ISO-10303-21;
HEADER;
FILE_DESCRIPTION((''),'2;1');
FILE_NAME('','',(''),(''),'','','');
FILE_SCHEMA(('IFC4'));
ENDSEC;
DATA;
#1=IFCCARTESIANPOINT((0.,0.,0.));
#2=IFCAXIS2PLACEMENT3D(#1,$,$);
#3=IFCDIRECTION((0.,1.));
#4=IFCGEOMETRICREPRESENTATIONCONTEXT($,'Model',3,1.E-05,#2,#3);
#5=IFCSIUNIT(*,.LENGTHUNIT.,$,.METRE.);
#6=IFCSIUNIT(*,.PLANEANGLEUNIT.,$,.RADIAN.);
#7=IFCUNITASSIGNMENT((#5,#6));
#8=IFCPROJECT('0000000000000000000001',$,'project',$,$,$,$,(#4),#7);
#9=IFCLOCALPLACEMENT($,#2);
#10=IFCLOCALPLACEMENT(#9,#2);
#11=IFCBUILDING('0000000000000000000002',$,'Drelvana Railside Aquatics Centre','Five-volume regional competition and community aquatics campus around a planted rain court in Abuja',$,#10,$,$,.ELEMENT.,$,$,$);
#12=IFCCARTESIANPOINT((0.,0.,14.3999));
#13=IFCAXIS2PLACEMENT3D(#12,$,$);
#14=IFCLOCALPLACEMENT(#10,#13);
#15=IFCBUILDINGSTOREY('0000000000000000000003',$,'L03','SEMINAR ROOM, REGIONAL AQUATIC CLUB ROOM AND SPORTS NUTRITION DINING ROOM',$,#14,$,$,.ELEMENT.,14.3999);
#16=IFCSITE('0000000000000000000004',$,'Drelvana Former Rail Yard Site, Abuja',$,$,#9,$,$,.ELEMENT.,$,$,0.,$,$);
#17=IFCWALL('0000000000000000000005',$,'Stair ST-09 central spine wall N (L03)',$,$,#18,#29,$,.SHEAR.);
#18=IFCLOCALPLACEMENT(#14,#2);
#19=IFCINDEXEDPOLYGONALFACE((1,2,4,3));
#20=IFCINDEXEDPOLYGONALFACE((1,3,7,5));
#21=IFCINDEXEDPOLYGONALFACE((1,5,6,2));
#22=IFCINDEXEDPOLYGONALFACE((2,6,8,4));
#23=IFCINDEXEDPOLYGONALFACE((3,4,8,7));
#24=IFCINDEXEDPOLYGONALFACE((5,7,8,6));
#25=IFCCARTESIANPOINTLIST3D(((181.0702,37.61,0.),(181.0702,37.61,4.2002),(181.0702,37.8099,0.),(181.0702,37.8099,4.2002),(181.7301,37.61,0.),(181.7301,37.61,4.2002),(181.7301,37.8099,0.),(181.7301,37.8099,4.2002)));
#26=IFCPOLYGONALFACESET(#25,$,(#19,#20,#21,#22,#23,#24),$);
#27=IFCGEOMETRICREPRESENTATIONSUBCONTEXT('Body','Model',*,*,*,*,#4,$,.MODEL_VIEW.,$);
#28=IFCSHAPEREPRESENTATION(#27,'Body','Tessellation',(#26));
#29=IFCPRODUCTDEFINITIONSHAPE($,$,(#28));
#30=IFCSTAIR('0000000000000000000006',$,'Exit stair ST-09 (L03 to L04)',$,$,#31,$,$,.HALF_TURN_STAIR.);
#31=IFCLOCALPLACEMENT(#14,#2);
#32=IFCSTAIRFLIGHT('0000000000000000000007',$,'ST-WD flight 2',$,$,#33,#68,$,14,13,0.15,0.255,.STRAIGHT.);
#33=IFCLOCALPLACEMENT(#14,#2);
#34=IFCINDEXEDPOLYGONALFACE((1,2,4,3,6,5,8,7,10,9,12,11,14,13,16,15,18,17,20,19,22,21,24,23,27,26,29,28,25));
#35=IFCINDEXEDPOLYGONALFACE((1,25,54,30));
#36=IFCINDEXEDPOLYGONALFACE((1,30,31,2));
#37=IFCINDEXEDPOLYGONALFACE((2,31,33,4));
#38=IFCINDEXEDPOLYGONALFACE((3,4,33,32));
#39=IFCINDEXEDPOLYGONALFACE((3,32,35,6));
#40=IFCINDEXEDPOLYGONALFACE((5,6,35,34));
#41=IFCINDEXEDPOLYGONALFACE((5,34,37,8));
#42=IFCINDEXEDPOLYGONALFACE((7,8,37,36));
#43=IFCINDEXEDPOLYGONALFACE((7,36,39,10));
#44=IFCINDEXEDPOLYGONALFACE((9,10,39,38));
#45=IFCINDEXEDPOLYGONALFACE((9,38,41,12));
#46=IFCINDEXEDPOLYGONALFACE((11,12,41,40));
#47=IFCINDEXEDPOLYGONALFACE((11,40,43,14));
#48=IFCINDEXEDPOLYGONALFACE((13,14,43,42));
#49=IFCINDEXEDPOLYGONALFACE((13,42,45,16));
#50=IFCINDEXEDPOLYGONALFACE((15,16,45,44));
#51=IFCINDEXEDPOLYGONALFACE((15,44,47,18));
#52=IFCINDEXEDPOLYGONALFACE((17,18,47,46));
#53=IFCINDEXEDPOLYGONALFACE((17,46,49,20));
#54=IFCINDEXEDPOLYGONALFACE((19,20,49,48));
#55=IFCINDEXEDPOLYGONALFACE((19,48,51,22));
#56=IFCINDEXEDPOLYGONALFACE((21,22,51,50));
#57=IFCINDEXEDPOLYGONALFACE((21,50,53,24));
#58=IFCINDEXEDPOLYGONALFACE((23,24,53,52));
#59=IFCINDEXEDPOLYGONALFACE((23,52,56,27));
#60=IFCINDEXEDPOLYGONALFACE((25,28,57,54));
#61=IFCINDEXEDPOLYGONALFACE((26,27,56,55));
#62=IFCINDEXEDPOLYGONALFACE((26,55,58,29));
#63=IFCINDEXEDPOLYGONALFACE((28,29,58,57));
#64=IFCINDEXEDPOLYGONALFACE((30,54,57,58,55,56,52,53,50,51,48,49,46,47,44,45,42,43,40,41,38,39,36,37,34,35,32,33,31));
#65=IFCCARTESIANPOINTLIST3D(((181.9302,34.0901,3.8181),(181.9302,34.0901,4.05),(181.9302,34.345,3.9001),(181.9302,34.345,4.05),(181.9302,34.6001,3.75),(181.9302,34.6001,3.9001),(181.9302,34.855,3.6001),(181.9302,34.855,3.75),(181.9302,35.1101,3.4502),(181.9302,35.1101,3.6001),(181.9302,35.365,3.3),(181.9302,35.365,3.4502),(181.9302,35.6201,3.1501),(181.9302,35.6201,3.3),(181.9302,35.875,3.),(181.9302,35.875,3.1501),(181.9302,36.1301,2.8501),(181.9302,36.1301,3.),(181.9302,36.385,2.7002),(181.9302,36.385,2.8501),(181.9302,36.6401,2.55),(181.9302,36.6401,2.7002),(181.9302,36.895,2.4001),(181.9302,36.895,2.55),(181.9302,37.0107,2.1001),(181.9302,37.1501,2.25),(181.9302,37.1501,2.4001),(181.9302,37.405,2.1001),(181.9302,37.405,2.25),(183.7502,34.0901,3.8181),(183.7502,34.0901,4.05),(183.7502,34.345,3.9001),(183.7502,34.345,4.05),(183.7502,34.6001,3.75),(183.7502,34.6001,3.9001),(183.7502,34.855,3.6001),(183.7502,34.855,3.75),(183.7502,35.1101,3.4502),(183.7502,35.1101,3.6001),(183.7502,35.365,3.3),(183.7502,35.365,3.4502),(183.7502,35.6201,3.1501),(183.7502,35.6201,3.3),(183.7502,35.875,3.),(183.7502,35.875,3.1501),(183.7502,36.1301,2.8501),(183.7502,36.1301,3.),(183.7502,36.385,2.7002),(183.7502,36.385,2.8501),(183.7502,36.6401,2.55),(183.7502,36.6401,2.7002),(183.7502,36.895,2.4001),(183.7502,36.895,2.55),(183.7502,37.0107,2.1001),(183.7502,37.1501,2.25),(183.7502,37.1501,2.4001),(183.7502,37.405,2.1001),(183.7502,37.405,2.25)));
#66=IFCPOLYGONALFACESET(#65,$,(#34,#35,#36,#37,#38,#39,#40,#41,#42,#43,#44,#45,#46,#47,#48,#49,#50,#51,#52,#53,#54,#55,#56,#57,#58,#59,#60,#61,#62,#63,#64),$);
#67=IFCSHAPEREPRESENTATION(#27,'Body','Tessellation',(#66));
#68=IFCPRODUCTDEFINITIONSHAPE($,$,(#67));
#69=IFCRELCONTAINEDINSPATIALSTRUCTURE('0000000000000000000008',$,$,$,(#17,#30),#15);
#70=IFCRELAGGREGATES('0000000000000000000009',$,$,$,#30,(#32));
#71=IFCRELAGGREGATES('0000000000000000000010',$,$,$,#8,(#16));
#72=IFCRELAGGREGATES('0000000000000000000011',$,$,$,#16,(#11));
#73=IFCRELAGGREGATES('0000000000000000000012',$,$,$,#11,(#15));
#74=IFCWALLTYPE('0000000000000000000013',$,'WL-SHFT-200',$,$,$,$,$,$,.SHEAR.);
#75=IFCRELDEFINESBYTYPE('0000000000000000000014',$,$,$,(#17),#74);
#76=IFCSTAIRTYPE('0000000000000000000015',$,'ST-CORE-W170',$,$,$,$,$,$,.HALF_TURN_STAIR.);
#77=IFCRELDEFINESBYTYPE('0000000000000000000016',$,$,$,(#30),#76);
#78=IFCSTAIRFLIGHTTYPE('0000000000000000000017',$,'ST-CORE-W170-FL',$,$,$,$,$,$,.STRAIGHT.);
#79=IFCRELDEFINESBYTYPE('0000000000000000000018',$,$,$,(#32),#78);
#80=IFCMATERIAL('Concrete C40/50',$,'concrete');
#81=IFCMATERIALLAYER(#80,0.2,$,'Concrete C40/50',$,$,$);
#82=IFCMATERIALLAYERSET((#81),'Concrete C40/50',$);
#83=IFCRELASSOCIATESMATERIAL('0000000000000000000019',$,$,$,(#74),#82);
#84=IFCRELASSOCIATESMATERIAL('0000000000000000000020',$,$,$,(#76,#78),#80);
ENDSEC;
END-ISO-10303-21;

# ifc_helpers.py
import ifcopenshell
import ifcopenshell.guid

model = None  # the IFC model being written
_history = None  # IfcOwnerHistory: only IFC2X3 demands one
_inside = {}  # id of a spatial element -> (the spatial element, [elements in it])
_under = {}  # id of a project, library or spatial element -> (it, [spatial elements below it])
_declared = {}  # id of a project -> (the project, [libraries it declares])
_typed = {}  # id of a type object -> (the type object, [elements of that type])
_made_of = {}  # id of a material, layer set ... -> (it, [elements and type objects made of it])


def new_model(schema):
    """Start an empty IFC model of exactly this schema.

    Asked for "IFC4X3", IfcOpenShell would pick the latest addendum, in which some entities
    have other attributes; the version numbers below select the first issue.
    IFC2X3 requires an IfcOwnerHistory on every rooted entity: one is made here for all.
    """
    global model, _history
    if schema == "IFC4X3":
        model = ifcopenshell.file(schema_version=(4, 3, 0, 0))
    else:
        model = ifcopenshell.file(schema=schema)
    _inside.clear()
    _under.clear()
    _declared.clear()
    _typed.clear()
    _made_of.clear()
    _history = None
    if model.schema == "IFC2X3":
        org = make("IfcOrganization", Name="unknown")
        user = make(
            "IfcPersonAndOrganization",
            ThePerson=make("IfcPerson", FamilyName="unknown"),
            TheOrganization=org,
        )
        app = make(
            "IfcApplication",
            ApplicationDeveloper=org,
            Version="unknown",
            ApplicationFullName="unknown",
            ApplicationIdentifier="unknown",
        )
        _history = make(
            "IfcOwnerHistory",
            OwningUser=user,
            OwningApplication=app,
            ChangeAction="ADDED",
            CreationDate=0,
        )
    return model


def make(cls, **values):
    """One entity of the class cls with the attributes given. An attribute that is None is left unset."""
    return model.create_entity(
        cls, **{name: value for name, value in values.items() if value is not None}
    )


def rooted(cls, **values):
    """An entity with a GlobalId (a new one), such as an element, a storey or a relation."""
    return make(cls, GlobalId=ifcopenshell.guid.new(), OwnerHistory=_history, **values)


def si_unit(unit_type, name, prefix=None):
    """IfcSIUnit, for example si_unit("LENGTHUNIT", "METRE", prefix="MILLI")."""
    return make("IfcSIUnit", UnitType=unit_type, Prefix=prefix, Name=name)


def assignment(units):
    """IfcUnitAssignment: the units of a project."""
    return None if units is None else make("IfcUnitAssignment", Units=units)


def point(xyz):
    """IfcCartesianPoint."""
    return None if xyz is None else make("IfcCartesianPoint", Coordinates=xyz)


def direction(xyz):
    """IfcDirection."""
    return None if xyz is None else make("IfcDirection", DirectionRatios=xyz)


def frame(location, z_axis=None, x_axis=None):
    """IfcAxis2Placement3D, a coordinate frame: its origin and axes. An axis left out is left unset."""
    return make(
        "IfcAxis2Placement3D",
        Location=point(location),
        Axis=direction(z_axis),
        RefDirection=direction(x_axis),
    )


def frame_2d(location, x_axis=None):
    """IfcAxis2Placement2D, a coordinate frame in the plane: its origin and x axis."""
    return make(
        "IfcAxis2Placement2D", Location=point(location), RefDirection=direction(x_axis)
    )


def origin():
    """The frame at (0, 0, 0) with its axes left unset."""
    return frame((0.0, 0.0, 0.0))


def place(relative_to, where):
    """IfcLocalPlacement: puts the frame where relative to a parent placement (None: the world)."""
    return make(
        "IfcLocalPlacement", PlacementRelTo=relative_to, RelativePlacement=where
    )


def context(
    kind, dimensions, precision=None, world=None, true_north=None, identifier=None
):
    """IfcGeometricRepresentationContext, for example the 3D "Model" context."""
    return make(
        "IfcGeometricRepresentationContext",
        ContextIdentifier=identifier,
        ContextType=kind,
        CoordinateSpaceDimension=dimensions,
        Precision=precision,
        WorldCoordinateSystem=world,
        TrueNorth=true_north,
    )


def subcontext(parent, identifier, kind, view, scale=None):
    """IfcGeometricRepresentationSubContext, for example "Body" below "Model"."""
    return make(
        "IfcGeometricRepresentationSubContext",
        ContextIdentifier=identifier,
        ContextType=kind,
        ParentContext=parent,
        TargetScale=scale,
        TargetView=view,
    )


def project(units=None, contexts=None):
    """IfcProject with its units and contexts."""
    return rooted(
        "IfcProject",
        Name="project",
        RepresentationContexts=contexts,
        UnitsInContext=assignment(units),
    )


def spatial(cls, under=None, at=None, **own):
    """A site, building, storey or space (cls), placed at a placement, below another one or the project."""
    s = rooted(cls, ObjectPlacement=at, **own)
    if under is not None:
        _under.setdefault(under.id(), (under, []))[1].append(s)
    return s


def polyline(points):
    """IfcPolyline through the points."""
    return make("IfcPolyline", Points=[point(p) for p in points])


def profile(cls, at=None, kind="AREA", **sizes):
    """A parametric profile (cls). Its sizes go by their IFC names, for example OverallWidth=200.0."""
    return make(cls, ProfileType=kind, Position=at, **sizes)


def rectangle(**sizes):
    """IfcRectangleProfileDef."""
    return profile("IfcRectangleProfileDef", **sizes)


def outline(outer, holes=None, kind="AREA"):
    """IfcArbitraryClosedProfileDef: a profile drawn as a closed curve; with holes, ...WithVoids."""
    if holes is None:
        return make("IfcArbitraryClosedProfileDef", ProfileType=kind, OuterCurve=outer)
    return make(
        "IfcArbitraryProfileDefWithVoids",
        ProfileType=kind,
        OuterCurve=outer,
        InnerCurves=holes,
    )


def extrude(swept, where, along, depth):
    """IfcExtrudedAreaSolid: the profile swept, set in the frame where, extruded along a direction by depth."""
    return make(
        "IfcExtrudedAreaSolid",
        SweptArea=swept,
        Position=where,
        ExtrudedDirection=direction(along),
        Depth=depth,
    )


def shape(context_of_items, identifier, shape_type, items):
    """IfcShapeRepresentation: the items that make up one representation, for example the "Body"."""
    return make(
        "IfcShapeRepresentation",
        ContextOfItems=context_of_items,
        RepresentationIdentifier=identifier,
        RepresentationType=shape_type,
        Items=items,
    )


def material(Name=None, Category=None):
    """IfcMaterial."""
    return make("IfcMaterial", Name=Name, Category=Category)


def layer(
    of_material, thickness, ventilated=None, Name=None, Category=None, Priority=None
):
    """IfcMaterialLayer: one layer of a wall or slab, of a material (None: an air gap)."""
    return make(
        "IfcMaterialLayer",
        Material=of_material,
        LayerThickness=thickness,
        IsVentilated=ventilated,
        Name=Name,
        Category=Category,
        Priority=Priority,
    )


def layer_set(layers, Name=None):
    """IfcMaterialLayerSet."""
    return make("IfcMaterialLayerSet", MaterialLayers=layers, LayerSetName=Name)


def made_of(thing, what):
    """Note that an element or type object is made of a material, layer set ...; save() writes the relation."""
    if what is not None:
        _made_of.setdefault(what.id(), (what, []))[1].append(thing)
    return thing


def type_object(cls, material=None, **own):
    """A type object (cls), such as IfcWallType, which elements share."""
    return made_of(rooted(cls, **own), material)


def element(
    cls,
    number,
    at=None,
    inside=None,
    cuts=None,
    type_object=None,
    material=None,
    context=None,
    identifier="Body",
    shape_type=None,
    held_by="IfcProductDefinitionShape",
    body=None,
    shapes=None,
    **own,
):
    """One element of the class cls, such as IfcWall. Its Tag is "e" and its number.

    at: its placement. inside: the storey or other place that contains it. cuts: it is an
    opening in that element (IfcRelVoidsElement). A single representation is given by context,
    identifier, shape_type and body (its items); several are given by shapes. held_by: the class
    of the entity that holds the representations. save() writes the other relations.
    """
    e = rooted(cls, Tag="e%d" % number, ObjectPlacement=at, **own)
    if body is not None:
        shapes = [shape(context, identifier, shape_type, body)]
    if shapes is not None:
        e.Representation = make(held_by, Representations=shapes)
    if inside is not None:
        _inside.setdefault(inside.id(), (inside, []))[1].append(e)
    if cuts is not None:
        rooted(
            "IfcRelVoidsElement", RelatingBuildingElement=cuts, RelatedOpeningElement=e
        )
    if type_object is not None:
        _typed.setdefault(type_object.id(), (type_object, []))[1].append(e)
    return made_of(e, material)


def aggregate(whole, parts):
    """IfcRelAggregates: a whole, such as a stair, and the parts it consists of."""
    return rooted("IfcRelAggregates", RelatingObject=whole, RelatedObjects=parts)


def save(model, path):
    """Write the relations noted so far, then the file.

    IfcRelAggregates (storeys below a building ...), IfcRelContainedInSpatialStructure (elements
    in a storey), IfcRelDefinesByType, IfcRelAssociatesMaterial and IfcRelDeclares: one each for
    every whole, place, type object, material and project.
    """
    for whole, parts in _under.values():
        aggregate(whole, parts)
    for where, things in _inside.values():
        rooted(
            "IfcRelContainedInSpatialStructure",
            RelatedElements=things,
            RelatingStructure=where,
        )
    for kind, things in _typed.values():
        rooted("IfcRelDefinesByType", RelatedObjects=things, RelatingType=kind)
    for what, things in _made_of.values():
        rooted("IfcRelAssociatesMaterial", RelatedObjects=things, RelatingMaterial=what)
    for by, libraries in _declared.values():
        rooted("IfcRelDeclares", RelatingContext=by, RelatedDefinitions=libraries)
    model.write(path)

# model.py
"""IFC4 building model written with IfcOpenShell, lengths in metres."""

from ifc_helpers import new_model, si_unit, direction, frame, frame_2d, origin, place, context, subcontext, project, spatial, polyline, rectangle, outline, extrude, material, layer, layer_set, type_object, element, aggregate, save


model = new_model("IFC4")

# Units and contexts
model_context = context("Model", 3, precision=1e-05, world=origin(), true_north=direction((0.0, 1.0)))
body_context = subcontext(model_context, "Body", "Model", "MODEL_VIEW")
ifc_project = project(units=[si_unit("LENGTHUNIT", "METRE"), si_unit("PLANEANGLEUNIT", "RADIAN")], contexts=[model_context])

# Site, building, storey
site_placement = place(None, origin())
site = spatial("IfcSite", under=ifc_project, at=site_placement, Name="Drelvana Former Rail Yard Site, Abuja", CompositionType="ELEMENT", RefElevation=0.0)
building_placement = place(site_placement, origin())
building = spatial("IfcBuilding", under=site, at=building_placement, Name="Drelvana Railside Aquatics Centre", Description="Five-volume regional competition and community aquatics campus around a planted rain court in Abuja", CompositionType="ELEMENT")
storey_placement = place(building_placement, frame((0.0, 0.0, 14.3999)))
storey = spatial("IfcBuildingStorey", under=building, at=storey_placement, Name="L03", Description="SEMINAR ROOM, REGIONAL AQUATIC CLUB ROOM AND SPORTS NUTRITION DINING ROOM", CompositionType="ELEMENT", Elevation=14.3999)

# Shared definitions
ifc_material_1 = material(Name="Concrete C40/50", Category="concrete")

# Wall
ifc_layer_1 = layer(ifc_material_1, 0.2, Name="Concrete C40/50")
ifc_layer_set_1 = layer_set([ifc_layer_1], Name="Concrete C40/50")
wall_type_1 = type_object("IfcWallType", Name="WL-SHFT-200", PredefinedType="SHEAR", material=ifc_layer_set_1)
wall_1_placement = place(storey_placement, frame((181.0701, 37.71, 0.0), z_axis=(0.0, 0.0, 1.0), x_axis=(1.0, 0.0, 0.0)))
element("IfcWall", 1, at=wall_1_placement, inside=storey, type_object=wall_type_1, Name="Stair ST-09 central spine wall N (L03)", PredefinedType="SHEAR", context=body_context, shape_type="SweptSolid", body=[
    extrude(rectangle(XDim=0.6599, YDim=0.2, at=frame_2d((0.3301, 0.0))), origin(), (0.0, 0.0, 1.0), 4.2002),
])

# Stair, stair flight
stair_type = type_object("IfcStairType", Name="ST-CORE-W170", PredefinedType="HALF_TURN_STAIR", material=ifc_material_1)
stair_placement = place(storey_placement, origin())
stair = element("IfcStair", 2, at=stair_placement, inside=storey, type_object=stair_type, Name="Exit stair ST-09 (L03 to L04)", PredefinedType="HALF_TURN_STAIR")
stair_flight_type = type_object("IfcStairFlightType", Name="ST-CORE-W170-FL", PredefinedType="STRAIGHT", material=ifc_material_1)
stair_flight_placement = place(storey_placement, frame((182.8401, 37.405, 2.1001), z_axis=(0.0, 0.0, 1.0), x_axis=(0.0, -1.0, 0.0)))
stair_flight = element("IfcStairFlight", 3, at=stair_flight_placement, type_object=stair_flight_type, Name="ST-WD flight 2", NumberOfRisers=14, NumberOfTreads=13, PredefinedType="STRAIGHT", RiserHeight=0.15, TreadLength=0.255, context=body_context, shape_type="SweptSolid", body=[
    extrude(outline(polyline([(0.0, 0.0), (0.0, 0.1499), (0.2549, 0.1499), (0.2549, 0.3), (0.51, 0.3), (0.51, 0.45), (0.7649, 0.45), (0.7649, 0.6001), (1.02, 0.6001), (1.02, 0.75), (1.2749, 0.75), (1.2749, 0.8999), (1.53, 0.8999), (1.53, 1.05), (1.7849, 1.05), (1.7849, 1.2), (2.04, 1.2), (2.04, 1.3501), (2.2949, 1.3501), (2.2949, 1.5), (2.55, 1.5), (2.55, 1.6499), (2.8049, 1.6499), (2.8049, 1.8), (3.0601, 1.8), (3.0601, 1.95), (3.3149, 1.95), (3.3149, 2.1001), (3.3149, 1.718), (0.3943, 0.0), (0.0, 0.0)])), frame((0.0, 0.9102, 0.0), z_axis=(0.0, -1.0, 0.0), x_axis=(1.0, 0.0, 0.0)), (0.0, 0.0, 1.0), 1.8201),
])
aggregate(stair, [stair_flight])

save(model, "model.ifc")
